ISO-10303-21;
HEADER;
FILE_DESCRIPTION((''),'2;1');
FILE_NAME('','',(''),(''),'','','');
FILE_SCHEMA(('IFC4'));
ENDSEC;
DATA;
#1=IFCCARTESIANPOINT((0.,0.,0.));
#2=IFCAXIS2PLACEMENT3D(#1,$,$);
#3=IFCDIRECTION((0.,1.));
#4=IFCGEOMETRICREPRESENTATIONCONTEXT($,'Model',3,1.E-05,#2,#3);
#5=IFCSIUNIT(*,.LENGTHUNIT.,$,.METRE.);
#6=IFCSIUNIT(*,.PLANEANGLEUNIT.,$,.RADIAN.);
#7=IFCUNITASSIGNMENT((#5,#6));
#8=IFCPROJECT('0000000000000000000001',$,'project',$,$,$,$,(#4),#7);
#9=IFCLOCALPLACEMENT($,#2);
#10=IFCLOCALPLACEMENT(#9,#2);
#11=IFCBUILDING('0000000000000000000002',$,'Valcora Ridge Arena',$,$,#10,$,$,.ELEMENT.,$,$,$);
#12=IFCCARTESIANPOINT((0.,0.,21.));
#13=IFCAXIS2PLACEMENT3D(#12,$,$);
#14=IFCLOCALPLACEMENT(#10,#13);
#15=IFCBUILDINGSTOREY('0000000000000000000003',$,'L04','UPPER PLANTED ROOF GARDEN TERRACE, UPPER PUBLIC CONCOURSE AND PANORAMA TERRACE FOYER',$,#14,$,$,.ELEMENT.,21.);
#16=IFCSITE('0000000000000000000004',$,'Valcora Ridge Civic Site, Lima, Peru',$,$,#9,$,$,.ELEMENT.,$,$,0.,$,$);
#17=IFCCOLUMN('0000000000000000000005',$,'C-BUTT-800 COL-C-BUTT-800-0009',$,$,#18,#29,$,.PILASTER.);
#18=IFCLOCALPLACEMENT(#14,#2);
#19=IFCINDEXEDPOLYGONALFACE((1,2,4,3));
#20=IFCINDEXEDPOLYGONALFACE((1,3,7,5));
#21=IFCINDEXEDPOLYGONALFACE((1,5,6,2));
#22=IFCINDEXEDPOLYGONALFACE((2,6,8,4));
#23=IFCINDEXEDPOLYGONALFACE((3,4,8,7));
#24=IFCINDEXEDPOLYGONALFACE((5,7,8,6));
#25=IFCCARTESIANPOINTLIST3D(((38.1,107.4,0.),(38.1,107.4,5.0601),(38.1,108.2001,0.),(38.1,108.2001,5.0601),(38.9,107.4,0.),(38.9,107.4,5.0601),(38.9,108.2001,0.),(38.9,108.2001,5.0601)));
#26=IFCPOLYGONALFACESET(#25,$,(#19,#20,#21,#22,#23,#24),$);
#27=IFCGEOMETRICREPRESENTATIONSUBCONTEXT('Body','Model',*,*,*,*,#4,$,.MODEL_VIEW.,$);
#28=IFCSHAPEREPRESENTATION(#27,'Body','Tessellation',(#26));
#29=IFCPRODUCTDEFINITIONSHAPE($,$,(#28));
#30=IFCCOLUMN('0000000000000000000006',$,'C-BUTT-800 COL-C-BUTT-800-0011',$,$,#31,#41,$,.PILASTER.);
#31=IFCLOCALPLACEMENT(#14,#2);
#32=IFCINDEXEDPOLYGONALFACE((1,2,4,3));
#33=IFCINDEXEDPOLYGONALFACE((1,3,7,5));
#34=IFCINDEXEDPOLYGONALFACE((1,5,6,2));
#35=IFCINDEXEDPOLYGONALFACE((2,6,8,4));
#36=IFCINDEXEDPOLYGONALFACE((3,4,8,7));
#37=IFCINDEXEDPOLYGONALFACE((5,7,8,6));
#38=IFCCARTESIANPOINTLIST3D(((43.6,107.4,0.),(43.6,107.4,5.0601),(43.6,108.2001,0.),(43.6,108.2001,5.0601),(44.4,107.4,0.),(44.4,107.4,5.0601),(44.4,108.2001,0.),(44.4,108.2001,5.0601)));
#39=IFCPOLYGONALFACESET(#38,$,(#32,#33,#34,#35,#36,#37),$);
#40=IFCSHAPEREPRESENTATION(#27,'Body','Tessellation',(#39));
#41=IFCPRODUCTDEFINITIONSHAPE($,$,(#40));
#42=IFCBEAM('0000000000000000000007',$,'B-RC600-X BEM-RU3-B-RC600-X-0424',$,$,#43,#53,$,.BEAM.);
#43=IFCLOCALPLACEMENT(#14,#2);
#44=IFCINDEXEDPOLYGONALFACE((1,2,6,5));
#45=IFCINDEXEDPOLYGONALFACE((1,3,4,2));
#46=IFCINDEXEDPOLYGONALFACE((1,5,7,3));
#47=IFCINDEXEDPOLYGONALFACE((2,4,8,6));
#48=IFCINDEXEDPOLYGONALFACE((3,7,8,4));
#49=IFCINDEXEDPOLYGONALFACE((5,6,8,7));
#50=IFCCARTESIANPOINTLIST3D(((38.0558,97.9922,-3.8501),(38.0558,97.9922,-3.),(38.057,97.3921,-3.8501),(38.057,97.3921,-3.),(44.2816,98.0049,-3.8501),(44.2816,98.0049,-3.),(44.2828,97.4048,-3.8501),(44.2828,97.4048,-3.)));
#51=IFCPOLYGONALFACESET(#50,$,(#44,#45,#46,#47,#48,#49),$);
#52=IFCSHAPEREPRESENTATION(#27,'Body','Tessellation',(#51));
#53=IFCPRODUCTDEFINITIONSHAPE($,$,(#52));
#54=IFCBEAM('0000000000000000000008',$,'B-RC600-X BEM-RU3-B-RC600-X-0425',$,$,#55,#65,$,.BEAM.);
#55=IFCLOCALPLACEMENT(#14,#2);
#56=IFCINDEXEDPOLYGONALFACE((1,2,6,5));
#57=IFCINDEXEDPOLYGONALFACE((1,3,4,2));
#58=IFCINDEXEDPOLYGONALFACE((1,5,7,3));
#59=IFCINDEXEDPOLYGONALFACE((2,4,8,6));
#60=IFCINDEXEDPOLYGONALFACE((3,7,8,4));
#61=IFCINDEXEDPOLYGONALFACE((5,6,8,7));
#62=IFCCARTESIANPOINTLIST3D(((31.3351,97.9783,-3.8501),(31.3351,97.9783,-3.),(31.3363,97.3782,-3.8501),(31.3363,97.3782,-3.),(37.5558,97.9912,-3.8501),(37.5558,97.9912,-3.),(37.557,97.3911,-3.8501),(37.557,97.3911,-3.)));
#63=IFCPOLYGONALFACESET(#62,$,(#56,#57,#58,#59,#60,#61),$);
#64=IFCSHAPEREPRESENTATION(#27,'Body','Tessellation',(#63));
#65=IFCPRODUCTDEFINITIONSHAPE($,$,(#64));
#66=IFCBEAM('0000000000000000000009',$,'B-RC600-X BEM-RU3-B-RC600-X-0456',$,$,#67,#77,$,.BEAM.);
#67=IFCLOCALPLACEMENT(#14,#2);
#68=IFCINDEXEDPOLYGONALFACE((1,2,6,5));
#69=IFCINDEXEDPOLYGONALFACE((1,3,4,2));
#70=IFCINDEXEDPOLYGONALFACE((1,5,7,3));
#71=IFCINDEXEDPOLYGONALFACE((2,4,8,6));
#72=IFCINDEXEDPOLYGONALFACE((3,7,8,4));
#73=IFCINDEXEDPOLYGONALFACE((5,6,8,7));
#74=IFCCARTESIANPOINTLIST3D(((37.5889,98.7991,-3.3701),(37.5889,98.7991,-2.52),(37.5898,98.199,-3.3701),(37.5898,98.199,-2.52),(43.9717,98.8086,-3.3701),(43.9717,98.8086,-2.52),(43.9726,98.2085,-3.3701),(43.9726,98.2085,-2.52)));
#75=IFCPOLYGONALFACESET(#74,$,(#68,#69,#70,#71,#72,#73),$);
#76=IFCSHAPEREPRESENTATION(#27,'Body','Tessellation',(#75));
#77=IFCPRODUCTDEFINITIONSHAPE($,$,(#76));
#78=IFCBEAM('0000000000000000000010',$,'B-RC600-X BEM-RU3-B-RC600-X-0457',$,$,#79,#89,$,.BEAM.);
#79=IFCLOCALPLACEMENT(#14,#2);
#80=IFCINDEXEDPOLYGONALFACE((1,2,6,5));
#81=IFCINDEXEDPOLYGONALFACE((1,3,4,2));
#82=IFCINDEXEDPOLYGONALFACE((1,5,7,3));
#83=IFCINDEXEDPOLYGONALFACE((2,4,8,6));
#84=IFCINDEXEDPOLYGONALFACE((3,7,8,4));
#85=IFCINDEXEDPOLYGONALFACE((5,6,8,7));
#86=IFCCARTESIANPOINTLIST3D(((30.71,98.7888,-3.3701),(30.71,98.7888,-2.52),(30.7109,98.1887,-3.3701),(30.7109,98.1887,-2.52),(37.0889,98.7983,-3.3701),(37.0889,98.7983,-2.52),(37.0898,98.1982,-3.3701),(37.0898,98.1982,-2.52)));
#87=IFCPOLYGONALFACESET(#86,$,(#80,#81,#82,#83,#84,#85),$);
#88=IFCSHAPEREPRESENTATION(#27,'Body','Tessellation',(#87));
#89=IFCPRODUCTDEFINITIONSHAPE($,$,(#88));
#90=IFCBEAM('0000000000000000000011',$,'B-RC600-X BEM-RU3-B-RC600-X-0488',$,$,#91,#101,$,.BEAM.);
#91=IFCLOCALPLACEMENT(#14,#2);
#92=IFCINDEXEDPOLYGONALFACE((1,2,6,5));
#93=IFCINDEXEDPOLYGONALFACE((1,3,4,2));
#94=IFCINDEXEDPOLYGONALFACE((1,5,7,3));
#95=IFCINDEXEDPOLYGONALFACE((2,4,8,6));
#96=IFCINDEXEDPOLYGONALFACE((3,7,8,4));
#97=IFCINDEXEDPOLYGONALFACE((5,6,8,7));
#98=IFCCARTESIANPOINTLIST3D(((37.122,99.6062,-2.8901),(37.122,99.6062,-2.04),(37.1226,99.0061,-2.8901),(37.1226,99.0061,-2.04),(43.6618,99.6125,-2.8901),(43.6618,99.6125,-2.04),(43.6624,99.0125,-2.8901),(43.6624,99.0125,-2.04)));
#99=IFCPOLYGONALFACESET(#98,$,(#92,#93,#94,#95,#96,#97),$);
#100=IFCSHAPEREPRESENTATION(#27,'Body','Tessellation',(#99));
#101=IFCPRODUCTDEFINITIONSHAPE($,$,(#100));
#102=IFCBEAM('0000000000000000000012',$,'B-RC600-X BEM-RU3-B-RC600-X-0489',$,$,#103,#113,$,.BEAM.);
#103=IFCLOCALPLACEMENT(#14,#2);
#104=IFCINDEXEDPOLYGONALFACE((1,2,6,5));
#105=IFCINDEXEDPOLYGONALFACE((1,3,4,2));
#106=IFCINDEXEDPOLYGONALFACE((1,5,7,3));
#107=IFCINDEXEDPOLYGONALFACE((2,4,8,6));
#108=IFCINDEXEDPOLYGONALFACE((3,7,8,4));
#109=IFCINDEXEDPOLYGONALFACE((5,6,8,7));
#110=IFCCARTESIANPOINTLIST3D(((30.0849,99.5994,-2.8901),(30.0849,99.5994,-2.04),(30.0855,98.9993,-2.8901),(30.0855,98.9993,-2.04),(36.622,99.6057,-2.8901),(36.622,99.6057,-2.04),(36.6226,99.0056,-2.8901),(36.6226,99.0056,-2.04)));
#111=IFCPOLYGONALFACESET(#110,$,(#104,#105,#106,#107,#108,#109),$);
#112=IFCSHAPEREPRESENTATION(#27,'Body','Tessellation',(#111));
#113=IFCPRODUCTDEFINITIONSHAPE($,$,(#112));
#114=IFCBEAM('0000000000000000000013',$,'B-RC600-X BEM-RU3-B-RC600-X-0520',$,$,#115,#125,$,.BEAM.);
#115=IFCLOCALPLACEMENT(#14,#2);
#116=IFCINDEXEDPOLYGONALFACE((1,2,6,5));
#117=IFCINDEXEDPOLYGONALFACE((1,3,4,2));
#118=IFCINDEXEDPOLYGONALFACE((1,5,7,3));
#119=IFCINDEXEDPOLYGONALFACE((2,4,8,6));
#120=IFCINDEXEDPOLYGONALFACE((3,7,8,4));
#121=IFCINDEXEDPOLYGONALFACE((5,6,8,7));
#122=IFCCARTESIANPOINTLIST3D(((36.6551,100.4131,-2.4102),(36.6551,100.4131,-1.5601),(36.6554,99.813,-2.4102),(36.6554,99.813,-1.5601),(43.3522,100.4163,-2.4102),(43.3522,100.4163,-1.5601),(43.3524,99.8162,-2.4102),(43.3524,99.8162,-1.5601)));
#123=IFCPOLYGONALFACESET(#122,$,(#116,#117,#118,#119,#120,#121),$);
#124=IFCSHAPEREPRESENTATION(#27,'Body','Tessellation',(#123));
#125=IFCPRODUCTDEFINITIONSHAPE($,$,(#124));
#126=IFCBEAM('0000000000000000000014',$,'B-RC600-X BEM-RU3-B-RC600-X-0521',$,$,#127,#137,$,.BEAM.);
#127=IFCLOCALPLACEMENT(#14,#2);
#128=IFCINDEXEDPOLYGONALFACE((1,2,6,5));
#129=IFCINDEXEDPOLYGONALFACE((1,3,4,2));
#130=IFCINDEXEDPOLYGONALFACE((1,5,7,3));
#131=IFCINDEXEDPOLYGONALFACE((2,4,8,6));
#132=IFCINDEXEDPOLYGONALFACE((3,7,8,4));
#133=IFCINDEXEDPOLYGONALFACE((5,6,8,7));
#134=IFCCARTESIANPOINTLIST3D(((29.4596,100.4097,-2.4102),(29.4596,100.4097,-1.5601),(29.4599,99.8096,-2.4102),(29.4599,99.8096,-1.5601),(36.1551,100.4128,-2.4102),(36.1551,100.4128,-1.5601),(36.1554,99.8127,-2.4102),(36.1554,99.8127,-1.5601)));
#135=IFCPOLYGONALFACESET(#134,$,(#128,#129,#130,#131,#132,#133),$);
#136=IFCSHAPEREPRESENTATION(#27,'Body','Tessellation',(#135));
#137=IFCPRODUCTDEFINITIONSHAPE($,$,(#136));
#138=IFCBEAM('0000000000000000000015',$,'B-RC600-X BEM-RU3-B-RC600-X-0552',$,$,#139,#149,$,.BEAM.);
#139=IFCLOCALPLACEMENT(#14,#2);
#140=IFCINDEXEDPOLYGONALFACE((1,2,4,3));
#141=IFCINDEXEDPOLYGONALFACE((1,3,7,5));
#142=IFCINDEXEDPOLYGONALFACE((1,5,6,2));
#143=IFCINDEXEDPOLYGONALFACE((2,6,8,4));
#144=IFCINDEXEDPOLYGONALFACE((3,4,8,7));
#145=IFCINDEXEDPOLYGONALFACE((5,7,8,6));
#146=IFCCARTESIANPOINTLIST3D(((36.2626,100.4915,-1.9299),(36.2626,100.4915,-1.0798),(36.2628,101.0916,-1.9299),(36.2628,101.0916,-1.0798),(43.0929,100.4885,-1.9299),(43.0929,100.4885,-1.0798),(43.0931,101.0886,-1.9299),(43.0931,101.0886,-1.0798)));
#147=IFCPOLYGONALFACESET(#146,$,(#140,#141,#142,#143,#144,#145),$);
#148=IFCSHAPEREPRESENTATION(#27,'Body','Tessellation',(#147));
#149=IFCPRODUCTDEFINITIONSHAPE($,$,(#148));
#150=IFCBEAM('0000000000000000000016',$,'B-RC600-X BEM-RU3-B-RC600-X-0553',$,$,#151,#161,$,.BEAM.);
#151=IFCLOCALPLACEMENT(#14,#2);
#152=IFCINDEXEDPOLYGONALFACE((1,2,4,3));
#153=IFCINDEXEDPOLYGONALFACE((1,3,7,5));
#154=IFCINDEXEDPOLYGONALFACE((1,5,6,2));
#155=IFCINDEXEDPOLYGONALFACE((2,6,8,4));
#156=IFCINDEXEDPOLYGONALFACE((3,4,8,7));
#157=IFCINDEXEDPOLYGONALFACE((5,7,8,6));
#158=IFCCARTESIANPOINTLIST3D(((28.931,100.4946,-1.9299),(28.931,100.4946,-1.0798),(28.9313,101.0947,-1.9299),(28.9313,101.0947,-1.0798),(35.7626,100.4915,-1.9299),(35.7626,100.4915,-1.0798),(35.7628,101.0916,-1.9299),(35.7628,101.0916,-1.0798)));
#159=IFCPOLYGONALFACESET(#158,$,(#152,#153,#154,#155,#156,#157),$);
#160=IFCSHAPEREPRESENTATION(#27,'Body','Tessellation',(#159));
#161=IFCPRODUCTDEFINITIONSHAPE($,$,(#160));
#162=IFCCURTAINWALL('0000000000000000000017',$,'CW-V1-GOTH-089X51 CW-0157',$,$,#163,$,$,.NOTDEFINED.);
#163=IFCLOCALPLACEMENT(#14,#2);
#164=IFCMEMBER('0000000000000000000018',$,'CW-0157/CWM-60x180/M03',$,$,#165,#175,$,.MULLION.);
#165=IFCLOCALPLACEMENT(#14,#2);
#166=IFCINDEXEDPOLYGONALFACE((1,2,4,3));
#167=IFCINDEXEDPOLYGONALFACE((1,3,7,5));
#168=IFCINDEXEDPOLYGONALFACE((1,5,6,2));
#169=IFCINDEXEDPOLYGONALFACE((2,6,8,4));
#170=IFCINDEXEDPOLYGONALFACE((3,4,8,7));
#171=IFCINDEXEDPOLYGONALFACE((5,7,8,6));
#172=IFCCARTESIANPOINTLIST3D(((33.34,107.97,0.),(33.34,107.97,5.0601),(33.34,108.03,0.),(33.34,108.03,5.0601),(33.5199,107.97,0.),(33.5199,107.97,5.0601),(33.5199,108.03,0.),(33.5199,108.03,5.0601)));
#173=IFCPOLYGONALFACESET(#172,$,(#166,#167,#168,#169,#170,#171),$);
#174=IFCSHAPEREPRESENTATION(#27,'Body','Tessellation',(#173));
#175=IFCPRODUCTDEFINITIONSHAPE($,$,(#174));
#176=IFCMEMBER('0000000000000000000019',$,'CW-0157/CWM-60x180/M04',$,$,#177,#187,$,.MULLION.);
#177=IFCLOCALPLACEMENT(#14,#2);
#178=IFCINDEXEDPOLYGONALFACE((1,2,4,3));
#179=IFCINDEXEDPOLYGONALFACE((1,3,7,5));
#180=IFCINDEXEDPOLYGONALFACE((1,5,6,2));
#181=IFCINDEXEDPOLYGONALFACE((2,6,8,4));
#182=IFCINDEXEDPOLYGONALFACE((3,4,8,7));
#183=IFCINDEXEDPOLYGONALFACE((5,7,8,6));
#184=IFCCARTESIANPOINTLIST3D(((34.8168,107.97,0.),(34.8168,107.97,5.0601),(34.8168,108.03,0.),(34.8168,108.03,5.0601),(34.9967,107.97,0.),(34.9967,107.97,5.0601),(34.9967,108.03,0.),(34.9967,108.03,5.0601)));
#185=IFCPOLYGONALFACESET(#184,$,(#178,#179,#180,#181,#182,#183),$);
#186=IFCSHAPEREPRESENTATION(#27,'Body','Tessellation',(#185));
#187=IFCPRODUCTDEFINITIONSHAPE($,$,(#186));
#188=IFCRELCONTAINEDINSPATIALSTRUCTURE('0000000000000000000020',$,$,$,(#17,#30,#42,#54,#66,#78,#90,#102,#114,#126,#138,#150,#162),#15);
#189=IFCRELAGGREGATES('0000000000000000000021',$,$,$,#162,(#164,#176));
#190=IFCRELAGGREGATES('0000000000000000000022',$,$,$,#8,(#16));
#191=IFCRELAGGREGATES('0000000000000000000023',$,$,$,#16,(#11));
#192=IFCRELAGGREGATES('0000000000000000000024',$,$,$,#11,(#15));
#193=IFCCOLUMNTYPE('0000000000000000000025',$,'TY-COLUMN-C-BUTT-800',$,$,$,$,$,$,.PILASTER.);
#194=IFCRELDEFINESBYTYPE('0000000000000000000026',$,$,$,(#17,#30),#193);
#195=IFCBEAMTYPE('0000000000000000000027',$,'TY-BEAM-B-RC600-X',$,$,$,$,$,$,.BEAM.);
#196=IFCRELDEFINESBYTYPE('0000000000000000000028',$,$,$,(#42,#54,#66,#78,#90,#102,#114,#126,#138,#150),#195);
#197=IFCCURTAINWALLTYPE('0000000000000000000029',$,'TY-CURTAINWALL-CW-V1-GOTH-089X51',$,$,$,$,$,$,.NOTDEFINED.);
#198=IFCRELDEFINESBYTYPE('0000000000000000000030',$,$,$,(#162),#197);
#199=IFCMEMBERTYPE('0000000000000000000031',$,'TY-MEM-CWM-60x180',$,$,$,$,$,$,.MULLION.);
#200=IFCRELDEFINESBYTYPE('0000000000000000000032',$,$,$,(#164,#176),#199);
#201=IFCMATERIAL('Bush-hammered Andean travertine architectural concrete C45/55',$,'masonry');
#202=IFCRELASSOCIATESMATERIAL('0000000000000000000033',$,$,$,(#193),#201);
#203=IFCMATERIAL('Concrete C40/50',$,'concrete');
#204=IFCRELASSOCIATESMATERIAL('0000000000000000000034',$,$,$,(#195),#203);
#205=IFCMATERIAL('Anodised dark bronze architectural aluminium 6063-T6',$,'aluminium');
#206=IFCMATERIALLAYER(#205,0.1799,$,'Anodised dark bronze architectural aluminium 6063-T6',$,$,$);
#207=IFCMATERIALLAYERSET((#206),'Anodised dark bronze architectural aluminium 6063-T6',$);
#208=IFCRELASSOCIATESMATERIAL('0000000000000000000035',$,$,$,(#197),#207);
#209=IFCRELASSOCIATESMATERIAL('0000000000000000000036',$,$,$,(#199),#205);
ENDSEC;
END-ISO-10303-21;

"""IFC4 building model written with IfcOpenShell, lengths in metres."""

from ifc_helpers import new_model, si_unit, direction, frame, origin, origin_2d, place, context, subcontext, project, spatial, rectangle, extrude, material, layer, layer_set, material_profile, profile_set, type_object, element, aggregate, save


model = new_model("IFC4")

# Units and contexts
model_context = context("Model", 3, precision=1e-05, world=origin(), true_north=direction((0.0, 1.0)))
body_context = subcontext(model_context, "Body", "Model", "MODEL_VIEW")
ifc_project = project(units=[si_unit("LENGTHUNIT", "METRE"), si_unit("PLANEANGLEUNIT", "RADIAN")], contexts=[model_context])

# Site, building, storey
site_placement = place(None, origin())
site = spatial("IfcSite", under=ifc_project, at=site_placement, Name="Valcora Ridge Civic Site, Lima, Peru", CompositionType="ELEMENT", RefElevation=0.0)
building_placement = place(site_placement, origin())
building = spatial("IfcBuilding", under=site, at=building_placement, Name="Valcora Ridge Arena", CompositionType="ELEMENT")
storey_placement = place(building_placement, frame((0.0, 0.0, 21.0)))
storey = spatial("IfcBuildingStorey", under=building, at=storey_placement, Name="L04", Description="UPPER PLANTED ROOF GARDEN TERRACE, UPPER PUBLIC CONCOURSE AND PANORAMA TERRACE FOYER", CompositionType="ELEMENT", Elevation=21.0)

# Columns
ifc_material_1 = material(Name="Bush-hammered Andean travertine architectural concrete C45/55", Category="masonry")
ifc_material_profile_1 = material_profile(ifc_material_1, rectangle(XDim=0.8, YDim=0.8, at=origin_2d()), Name="RC 800x800")
ifc_profile_set_1 = profile_set([ifc_material_profile_1], Name="Bush-hammered Andean travertine architectural concrete C45/55")
column_type = type_object("IfcColumnType", Name="TY-COLUMN-C-BUTT-800", PredefinedType="PILASTER", material=ifc_profile_set_1)
for number, where, z_axis, x_axis, name in (
    (1, (38.5, 107.8, 0.0), (0.0, 0.0, 1.0), (1.0, 0.0, 0.0), "C-BUTT-800 COL-C-BUTT-800-0009"),
    (2, (44.0, 107.8, 0.0), (0.0, 0.0, 1.0), (1.0, 0.0, 0.0), "C-BUTT-800 COL-C-BUTT-800-0011"),
):
    element("IfcColumn", number, at=place(storey_placement, frame(where, z_axis=z_axis, x_axis=x_axis)), inside=storey, type_object=column_type, Name=name, PredefinedType="PILASTER", context=body_context, shape_type="SweptSolid", body=[
        extrude(rectangle(XDim=0.8, YDim=0.8, at=origin_2d()), origin(), (0.0, 0.0, 1.0), 5.0601),
    ])

# Beams
ifc_material_2 = material(Name="Concrete C40/50", Category="concrete")
ifc_material_profile_2 = material_profile(ifc_material_2, rectangle(XDim=0.6001, YDim=0.8501, at=origin_2d()), Name="RC 600x850")
ifc_profile_set_2 = profile_set([ifc_material_profile_2], Name="Concrete C40/50")
beam_type = type_object("IfcBeamType", Name="TY-BEAM-B-RC600-X", PredefinedType="BEAM", material=ifc_profile_set_2)
beam_1_placement = place(storey_placement, frame((44.2822, 97.7048, -3.425), z_axis=(-0.999998, -0.002039, 0.0), x_axis=(0.002039, -0.999998, 0.0)))
element("IfcBeam", 3, at=beam_1_placement, inside=storey, type_object=beam_type, Name="B-RC600-X BEM-RU3-B-RC600-X-0424", PredefinedType="BEAM", context=body_context, shape_type="SweptSolid", body=[
    extrude(rectangle(XDim=0.6001, YDim=0.8501, at=origin_2d()), origin(), (0.0, 0.0, 1.0), 6.2258),
])
beam_2_placement = place(storey_placement, frame((37.5564, 97.6912, -3.425), z_axis=(-0.999998, -0.00208, 0.0), x_axis=(0.00208, -0.999998, 0.0)))
element("IfcBeam", 4, at=beam_2_placement, inside=storey, type_object=beam_type, Name="B-RC600-X BEM-RU3-B-RC600-X-0425", PredefinedType="BEAM", context=body_context, shape_type="SweptSolid", body=[
    extrude(rectangle(XDim=0.6001, YDim=0.8501, at=origin_2d()), origin(), (0.0, 0.0, 1.0), 6.2207),
])
beam_3_placement = place(storey_placement, frame((43.9722, 98.5085, -2.9451), z_axis=(-0.999999, -0.001492, 0.0), x_axis=(0.001492, -0.999999, 0.0)))
element("IfcBeam", 5, at=beam_3_placement, inside=storey, type_object=beam_type, Name="B-RC600-X BEM-RU3-B-RC600-X-0456", PredefinedType="BEAM", context=body_context, shape_type="SweptSolid", body=[
    extrude(rectangle(XDim=0.6001, YDim=0.8501, at=origin_2d()), origin(), (0.0, 0.0, 1.0), 6.3828),
])
beam_4_placement = place(storey_placement, frame((37.0894, 98.4983, -2.9451), z_axis=(-0.999999, -0.001493, 0.0), x_axis=(0.001493, -0.999999, 0.0)))
element("IfcBeam", 6, at=beam_4_placement, inside=storey, type_object=beam_type, Name="B-RC600-X BEM-RU3-B-RC600-X-0457", PredefinedType="BEAM", context=body_context, shape_type="SweptSolid", body=[
    extrude(rectangle(XDim=0.6001, YDim=0.8501, at=origin_2d()), origin(), (0.0, 0.0, 1.0), 6.3789),
])
beam_5_placement = place(storey_placement, frame((43.6621, 99.3125, -2.4651), z_axis=(-1.0, -0.000971, 0.0), x_axis=(0.000971, -1.0, 0.0)))
element("IfcBeam", 7, at=beam_5_placement, inside=storey, type_object=beam_type, Name="B-RC600-X BEM-RU3-B-RC600-X-0488", PredefinedType="BEAM", context=body_context, shape_type="SweptSolid", body=[
    extrude(rectangle(XDim=0.6001, YDim=0.8501, at=origin_2d()), origin(), (0.0, 0.0, 1.0), 6.5398),
])
beam_6_placement = place(storey_placement, frame((36.6223, 99.3057, -2.4651), z_axis=(-1.0, -0.000971, 0.0), x_axis=(0.000971, -1.0, 0.0)))
element("IfcBeam", 8, at=beam_6_placement, inside=storey, type_object=beam_type, Name="B-RC600-X BEM-RU3-B-RC600-X-0489", PredefinedType="BEAM", context=body_context, shape_type="SweptSolid", body=[
    extrude(rectangle(XDim=0.6001, YDim=0.8501, at=origin_2d()), origin(), (0.0, 0.0, 1.0), 6.5371),
])
beam_7_placement = place(storey_placement, frame((43.3523, 100.1162, -1.9851), z_axis=(-1.0, -0.000474, 0.0), x_axis=(0.000474, -1.0, 0.0)))
element("IfcBeam", 9, at=beam_7_placement, inside=storey, type_object=beam_type, Name="B-RC600-X BEM-RU3-B-RC600-X-0520", PredefinedType="BEAM", context=body_context, shape_type="SweptSolid", body=[
    extrude(rectangle(XDim=0.6001, YDim=0.8501, at=origin_2d()), origin(), (0.0, 0.0, 1.0), 6.697),
])
beam_8_placement = place(storey_placement, frame((36.1553, 100.1128, -1.9851), z_axis=(-1.0, -0.000474, 0.0), x_axis=(0.000474, -1.0, 0.0)))
element("IfcBeam", 10, at=beam_8_placement, inside=storey, type_object=beam_type, Name="B-RC600-X BEM-RU3-B-RC600-X-0521", PredefinedType="BEAM", context=body_context, shape_type="SweptSolid", body=[
    extrude(rectangle(XDim=0.6001, YDim=0.8501, at=origin_2d()), origin(), (0.0, 0.0, 1.0), 6.6956),
])
beam_9_placement = place(storey_placement, frame((43.093, 100.7886, -1.5049), z_axis=(-1.0, 0.000429, 0.0), x_axis=(-0.000429, -1.0, 0.0)))
element("IfcBeam", 11, at=beam_9_placement, inside=storey, type_object=beam_type, Name="B-RC600-X BEM-RU3-B-RC600-X-0552", PredefinedType="BEAM", context=body_context, shape_type="SweptSolid", body=[
    extrude(rectangle(XDim=0.6001, YDim=0.8501, at=origin_2d()), origin(), (0.0, 0.0, 1.0), 6.8303),
])
beam_10_placement = place(storey_placement, frame((35.7627, 100.7915, -1.5049), z_axis=(-1.0, 0.000465, 0.0), x_axis=(-0.000465, -1.0, 0.0)))
element("IfcBeam", 12, at=beam_10_placement, inside=storey, type_object=beam_type, Name="B-RC600-X BEM-RU3-B-RC600-X-0553", PredefinedType="BEAM", context=body_context, shape_type="SweptSolid", body=[
    extrude(rectangle(XDim=0.6001, YDim=0.8501, at=origin_2d()), origin(), (0.0, 0.0, 1.0), 6.8315),
])

# Curtain wall, members
ifc_material_3 = material(Name="Anodised dark bronze architectural aluminium 6063-T6", Category="aluminium")
ifc_layer_1 = layer(ifc_material_3, 0.1799, Name="Anodised dark bronze architectural aluminium 6063-T6")
ifc_layer_set_1 = layer_set([ifc_layer_1], Name="Anodised dark bronze architectural aluminium 6063-T6")
curtain_wall_type = type_object("IfcCurtainWallType", Name="TY-CURTAINWALL-CW-V1-GOTH-089X51", PredefinedType="NOTDEFINED", material=ifc_layer_set_1)
curtain_wall_placement = place(storey_placement, origin())
curtain_wall = element("IfcCurtainWall", 13, at=curtain_wall_placement, inside=storey, type_object=curtain_wall_type, Name="CW-V1-GOTH-089X51 CW-0157", PredefinedType="NOTDEFINED")
ifc_material_profile_3 = material_profile(ifc_material_3, rectangle(XDim=0.0601, YDim=0.1799, at=origin_2d()), Name="ALU MULLION 60x180")
ifc_profile_set_3 = profile_set([ifc_material_profile_3], Name="Anodised dark bronze architectural aluminium 6063-T6")
member_type_1 = type_object("IfcMemberType", Name="TY-MEM-CWM-60x180", PredefinedType="MULLION", material=ifc_profile_set_3)
member_1_placement = place(storey_placement, frame((33.4299, 108.0, 0.0), z_axis=(0.0, 0.0, 1.0), x_axis=(0.0, 1.0, 0.0)))
member_1 = element("IfcMember", 14, at=member_1_placement, type_object=member_type_1, Name="CW-0157/CWM-60x180/M03", PredefinedType="MULLION", context=body_context, shape_type="SweptSolid", body=[
    extrude(rectangle(XDim=0.0601, YDim=0.1799, at=origin_2d()), origin(), (0.0, 0.0, 1.0), 5.0601),
])
member_2_placement = place(storey_placement, frame((34.9067, 108.0, 0.0), z_axis=(0.0, 0.0, 1.0), x_axis=(0.0, 1.0, 0.0)))
member_2 = element("IfcMember", 15, at=member_2_placement, type_object=member_type_1, Name="CW-0157/CWM-60x180/M04", PredefinedType="MULLION", context=body_context, shape_type="SweptSolid", body=[
    extrude(rectangle(XDim=0.0601, YDim=0.1799, at=origin_2d()), origin(), (0.0, 0.0, 1.0), 5.0601),
])
aggregate(curtain_wall, [member_1, member_2])

save(model, "model.ifc")
